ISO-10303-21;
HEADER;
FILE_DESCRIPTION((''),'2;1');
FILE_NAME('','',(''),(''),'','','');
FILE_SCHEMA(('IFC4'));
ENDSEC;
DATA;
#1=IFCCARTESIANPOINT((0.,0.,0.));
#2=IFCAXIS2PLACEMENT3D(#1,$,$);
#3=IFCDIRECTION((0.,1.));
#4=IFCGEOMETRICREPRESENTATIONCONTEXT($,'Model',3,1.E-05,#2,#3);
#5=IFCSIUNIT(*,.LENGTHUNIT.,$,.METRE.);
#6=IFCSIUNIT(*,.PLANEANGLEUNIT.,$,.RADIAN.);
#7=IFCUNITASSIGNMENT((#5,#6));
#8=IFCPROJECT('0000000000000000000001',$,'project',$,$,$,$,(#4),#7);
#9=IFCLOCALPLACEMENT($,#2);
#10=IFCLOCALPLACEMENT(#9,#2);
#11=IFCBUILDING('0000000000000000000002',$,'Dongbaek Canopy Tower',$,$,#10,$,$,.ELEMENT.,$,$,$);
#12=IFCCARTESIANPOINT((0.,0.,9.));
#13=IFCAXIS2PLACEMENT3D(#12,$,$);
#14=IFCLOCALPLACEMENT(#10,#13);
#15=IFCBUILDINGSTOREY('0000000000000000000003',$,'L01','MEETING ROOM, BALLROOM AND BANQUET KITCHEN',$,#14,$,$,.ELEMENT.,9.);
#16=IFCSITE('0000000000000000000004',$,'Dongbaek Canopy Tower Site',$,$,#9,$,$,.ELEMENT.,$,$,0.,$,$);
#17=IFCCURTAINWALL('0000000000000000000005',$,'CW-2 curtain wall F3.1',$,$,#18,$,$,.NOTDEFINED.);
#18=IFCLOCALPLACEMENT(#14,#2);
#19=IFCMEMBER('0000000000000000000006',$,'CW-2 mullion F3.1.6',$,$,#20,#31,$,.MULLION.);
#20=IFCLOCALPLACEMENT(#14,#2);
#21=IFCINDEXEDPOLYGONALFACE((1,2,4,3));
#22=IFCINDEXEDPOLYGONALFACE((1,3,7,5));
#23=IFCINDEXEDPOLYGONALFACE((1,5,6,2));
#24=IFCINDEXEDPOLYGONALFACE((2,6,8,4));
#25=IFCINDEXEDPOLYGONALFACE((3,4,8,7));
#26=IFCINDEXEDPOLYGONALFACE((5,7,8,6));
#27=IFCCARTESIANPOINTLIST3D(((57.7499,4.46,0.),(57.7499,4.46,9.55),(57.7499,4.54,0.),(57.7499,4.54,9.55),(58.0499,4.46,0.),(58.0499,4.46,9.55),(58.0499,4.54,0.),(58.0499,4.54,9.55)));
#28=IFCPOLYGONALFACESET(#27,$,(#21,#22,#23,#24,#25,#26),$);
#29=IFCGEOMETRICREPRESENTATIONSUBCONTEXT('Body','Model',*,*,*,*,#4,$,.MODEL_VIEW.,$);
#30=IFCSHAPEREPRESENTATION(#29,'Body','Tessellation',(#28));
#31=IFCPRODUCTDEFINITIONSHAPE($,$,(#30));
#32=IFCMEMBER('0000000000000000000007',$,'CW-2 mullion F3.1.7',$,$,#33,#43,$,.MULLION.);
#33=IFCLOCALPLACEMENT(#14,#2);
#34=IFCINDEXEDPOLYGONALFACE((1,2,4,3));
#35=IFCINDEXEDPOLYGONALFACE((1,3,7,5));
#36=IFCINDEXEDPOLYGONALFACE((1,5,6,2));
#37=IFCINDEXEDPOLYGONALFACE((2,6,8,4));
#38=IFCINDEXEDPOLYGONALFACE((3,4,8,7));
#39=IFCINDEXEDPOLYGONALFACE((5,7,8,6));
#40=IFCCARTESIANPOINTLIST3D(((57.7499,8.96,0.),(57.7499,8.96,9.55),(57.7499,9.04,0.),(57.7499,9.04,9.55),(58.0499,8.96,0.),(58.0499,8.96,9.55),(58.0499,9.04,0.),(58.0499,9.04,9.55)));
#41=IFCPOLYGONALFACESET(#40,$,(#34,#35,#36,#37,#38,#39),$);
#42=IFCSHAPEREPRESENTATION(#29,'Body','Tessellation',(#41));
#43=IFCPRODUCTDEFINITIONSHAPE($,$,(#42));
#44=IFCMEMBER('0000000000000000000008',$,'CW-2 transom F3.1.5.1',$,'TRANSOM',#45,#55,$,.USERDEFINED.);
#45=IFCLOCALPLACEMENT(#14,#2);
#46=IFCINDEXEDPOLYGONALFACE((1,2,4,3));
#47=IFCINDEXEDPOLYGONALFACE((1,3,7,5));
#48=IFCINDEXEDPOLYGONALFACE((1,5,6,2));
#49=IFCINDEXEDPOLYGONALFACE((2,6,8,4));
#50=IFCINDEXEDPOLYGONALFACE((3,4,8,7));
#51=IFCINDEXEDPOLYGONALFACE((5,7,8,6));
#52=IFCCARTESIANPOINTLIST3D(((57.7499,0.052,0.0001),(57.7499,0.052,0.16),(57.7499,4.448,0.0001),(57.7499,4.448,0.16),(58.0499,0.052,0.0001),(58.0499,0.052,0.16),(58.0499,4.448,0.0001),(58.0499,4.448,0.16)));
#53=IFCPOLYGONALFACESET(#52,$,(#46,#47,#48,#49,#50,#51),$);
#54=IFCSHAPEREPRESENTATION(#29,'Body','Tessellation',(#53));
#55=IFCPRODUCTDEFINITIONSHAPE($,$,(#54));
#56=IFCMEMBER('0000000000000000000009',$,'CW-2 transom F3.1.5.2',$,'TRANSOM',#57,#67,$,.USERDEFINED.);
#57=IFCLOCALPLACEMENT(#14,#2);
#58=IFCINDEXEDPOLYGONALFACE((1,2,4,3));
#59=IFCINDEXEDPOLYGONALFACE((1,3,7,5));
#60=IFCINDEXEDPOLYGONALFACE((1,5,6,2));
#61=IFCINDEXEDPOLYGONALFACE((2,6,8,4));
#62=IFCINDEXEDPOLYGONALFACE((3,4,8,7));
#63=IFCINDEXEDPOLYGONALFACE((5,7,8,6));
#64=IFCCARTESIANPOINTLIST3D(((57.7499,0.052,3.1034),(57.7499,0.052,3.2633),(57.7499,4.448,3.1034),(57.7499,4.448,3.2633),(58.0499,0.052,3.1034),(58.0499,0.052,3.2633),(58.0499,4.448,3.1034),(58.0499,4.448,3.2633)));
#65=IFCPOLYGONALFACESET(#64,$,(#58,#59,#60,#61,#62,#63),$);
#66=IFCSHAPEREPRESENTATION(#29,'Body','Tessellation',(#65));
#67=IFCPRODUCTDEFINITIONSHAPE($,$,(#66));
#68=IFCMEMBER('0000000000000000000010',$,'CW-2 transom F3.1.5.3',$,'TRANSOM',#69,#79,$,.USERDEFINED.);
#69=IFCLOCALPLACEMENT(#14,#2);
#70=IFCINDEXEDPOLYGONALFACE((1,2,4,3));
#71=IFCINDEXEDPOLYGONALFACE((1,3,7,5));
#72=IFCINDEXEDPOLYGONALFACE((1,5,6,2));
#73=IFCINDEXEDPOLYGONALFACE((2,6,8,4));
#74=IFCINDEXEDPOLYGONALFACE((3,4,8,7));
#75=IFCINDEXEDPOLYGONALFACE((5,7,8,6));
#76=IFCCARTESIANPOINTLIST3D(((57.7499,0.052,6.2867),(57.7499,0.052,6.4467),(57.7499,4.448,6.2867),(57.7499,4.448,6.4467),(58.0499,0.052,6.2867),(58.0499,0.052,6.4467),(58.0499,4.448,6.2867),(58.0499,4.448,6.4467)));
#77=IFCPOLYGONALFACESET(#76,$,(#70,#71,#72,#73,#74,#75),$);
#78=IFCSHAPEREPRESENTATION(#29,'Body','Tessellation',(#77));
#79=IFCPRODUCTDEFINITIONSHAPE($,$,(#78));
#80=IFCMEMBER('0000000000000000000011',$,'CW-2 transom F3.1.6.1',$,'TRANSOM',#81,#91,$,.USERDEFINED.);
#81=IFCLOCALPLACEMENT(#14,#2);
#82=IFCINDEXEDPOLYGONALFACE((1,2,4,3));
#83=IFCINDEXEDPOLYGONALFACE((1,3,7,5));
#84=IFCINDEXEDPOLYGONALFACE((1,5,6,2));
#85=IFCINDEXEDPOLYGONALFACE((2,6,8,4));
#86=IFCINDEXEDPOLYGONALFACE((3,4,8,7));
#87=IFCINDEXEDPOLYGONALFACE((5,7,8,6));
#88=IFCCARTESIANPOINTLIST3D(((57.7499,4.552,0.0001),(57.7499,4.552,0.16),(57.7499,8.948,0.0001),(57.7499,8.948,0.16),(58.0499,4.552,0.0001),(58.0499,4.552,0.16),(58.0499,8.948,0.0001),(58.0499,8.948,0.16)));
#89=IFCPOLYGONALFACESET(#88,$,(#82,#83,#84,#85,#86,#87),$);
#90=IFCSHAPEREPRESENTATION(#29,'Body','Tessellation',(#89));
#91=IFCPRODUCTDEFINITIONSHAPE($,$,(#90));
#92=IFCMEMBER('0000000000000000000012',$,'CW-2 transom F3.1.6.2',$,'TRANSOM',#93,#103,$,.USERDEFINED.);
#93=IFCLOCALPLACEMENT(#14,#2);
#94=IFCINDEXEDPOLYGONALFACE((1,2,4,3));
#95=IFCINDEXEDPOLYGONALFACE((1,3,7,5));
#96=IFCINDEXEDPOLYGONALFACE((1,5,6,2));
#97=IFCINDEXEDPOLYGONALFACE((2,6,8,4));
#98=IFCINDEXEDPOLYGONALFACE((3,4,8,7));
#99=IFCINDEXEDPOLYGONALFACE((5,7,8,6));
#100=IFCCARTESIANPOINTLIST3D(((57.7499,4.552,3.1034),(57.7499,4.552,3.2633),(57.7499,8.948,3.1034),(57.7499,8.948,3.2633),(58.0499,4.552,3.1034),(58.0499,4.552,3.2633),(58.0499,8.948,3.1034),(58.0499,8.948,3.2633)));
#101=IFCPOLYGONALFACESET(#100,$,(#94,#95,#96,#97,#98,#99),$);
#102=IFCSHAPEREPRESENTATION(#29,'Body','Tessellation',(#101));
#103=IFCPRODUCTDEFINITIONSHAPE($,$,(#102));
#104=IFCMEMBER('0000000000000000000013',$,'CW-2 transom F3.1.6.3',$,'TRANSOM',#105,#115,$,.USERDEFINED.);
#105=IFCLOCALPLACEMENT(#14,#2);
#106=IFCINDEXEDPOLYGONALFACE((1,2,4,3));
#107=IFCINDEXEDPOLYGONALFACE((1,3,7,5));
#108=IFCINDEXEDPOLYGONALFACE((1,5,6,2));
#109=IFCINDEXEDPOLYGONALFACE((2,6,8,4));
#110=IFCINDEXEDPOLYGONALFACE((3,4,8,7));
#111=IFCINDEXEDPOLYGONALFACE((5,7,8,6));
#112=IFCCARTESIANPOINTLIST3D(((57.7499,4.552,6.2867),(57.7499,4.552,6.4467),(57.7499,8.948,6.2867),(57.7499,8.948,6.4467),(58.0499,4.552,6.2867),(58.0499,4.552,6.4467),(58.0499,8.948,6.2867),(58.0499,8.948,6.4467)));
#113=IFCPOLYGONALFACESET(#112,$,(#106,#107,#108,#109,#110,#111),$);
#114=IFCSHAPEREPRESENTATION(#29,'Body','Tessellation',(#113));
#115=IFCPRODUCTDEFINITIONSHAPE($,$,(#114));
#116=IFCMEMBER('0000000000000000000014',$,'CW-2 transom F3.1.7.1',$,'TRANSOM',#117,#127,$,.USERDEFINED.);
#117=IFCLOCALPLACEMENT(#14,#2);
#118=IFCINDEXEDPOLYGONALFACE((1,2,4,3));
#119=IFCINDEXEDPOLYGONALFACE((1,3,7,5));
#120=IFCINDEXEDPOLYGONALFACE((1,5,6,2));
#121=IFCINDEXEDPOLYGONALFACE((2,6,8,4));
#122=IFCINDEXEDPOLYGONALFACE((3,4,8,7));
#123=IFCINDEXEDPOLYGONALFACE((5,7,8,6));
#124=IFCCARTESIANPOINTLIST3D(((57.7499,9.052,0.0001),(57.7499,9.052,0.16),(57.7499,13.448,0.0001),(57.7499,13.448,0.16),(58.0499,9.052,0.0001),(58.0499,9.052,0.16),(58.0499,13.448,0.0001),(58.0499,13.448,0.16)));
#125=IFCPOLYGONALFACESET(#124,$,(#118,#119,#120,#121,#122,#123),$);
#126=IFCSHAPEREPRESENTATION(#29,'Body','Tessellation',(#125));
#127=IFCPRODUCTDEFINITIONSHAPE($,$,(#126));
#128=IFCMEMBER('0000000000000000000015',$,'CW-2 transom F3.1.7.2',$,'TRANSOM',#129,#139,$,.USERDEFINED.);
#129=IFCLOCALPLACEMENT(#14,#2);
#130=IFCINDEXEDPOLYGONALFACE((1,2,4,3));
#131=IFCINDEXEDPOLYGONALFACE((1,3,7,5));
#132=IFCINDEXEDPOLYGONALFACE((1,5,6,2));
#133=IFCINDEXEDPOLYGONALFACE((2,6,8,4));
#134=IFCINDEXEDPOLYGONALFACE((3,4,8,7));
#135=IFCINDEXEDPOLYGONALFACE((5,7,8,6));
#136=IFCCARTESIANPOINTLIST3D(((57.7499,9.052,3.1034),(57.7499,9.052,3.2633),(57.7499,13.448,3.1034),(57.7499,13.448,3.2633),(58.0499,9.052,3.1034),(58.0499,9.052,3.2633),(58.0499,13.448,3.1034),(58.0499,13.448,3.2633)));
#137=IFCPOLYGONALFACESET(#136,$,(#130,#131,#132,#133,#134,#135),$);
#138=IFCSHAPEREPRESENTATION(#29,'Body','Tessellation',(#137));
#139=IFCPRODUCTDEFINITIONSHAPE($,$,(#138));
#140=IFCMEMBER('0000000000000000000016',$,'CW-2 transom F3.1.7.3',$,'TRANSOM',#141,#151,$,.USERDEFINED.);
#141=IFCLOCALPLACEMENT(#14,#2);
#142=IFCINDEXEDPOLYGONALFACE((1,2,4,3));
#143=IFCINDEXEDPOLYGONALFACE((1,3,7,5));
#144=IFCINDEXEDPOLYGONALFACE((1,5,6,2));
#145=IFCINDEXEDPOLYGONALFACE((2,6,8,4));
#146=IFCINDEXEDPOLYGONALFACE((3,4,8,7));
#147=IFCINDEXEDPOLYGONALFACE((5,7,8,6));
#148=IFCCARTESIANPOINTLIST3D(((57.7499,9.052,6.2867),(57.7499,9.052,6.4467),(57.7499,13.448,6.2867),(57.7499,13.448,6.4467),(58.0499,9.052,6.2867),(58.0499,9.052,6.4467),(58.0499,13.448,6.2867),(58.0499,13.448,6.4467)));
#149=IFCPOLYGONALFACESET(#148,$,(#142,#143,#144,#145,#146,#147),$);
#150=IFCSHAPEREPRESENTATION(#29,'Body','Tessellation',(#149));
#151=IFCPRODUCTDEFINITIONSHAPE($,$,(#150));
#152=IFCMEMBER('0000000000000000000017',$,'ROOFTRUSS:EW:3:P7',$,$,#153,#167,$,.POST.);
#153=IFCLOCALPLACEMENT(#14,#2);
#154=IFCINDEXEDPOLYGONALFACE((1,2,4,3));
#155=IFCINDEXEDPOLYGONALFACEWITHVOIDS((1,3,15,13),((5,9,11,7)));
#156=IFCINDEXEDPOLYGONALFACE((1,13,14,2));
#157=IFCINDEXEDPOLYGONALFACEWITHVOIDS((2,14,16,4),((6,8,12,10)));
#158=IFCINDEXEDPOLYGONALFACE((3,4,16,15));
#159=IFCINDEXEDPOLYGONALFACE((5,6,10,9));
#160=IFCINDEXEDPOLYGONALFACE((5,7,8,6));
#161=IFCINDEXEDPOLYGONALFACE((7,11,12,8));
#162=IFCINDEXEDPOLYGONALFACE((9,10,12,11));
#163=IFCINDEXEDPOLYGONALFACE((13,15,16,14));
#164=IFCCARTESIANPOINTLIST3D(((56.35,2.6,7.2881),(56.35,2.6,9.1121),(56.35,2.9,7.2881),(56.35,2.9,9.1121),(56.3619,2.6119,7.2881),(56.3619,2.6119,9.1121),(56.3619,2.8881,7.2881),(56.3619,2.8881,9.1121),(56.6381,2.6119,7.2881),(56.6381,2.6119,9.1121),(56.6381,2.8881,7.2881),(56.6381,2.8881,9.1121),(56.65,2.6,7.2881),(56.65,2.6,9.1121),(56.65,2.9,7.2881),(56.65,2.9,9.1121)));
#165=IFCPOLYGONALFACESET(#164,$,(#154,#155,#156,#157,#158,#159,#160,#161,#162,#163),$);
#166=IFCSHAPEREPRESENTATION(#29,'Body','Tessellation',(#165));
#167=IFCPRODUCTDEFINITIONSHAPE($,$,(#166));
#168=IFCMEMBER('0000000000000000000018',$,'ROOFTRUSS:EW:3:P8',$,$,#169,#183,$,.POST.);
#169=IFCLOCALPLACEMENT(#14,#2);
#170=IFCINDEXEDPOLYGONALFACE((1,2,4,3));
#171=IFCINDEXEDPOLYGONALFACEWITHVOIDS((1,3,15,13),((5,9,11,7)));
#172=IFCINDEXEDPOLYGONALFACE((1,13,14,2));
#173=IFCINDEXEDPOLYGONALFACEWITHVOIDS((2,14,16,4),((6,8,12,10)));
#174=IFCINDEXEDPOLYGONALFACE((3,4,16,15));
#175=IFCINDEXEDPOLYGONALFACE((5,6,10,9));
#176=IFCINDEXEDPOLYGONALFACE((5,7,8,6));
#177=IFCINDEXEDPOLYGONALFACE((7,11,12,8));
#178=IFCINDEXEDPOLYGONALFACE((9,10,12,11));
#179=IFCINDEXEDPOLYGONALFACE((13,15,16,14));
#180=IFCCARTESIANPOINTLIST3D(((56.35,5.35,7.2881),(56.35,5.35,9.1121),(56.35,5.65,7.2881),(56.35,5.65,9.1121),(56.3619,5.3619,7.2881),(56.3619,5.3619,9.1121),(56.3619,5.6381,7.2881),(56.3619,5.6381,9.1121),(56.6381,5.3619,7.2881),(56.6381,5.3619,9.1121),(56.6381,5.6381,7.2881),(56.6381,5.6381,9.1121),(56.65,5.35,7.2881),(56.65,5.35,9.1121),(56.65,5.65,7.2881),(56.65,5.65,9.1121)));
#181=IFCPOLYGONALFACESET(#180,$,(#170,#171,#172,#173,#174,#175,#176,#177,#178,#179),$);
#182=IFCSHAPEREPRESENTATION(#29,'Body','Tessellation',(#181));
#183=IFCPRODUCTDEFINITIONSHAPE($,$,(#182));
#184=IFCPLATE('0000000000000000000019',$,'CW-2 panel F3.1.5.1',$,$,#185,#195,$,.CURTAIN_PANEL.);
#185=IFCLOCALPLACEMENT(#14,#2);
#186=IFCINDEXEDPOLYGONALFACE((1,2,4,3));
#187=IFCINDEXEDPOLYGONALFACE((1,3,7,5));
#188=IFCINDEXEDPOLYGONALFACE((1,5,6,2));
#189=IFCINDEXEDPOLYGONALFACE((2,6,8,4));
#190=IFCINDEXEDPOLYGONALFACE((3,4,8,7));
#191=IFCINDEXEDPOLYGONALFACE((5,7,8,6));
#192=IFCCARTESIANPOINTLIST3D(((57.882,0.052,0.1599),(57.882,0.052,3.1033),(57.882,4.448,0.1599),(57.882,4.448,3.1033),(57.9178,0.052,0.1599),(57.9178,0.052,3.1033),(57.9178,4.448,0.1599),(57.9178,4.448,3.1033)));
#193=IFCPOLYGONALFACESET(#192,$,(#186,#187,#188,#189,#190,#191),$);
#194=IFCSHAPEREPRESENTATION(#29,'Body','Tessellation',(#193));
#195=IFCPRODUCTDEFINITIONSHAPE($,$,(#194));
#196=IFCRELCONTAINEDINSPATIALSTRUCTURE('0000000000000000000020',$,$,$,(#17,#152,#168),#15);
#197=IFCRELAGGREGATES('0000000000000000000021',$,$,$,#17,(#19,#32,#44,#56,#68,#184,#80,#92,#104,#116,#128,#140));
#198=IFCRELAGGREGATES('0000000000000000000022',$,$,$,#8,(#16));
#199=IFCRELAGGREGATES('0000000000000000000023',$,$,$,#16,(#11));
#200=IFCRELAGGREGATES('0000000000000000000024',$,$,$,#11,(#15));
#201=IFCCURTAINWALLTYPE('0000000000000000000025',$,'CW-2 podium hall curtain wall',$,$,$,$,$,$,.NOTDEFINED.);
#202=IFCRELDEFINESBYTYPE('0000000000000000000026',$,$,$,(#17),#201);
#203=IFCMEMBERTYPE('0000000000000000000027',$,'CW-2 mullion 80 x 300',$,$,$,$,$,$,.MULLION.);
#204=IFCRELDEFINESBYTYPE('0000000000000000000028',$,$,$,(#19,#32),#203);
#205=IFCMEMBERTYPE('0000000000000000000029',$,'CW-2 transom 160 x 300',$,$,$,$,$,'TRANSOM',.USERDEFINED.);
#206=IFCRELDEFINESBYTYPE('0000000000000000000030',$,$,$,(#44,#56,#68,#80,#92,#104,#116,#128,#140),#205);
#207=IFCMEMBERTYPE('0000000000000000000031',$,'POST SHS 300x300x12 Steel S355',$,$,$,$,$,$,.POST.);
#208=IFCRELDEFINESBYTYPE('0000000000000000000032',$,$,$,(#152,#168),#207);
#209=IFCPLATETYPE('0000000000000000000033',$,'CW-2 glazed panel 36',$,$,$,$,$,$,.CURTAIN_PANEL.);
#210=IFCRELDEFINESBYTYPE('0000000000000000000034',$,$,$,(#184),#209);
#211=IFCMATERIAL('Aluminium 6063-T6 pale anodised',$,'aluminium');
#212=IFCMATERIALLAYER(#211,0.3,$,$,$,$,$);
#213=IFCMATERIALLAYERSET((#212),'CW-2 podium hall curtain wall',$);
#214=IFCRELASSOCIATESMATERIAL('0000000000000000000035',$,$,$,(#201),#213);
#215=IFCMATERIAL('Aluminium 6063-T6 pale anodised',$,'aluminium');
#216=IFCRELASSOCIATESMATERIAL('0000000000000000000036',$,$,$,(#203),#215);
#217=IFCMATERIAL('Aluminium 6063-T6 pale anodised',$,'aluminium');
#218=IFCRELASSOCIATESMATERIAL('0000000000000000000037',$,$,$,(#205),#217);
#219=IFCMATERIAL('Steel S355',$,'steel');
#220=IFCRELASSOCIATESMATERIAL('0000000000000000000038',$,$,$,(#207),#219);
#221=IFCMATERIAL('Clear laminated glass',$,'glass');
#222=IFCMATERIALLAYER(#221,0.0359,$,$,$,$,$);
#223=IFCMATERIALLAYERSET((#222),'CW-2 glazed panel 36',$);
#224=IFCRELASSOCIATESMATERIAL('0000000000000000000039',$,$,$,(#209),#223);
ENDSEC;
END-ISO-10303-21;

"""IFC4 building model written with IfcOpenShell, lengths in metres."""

from ifc_helpers import new_model, si_unit, direction, frame, origin, origin_2d, place, context, subcontext, project, spatial, rectangle, hollow_rectangle, extrude, material, layer, layer_set, material_profile, profile_set, type_object, element, aggregate, save


model = new_model("IFC4")

# Units and contexts
model_context = context("Model", 3, precision=1e-05, world=origin(), true_north=direction((0.0, 1.0)))
body_context = subcontext(model_context, "Body", "Model", "MODEL_VIEW")
ifc_project = project(units=[si_unit("LENGTHUNIT", "METRE"), si_unit("PLANEANGLEUNIT", "RADIAN")], contexts=[model_context])

# Site, building, storey
site_placement = place(None, origin())
site = spatial("IfcSite", under=ifc_project, at=site_placement, Name="Dongbaek Canopy Tower Site", CompositionType="ELEMENT", RefElevation=0.0)
building_placement = place(site_placement, origin())
building = spatial("IfcBuilding", under=site, at=building_placement, Name="Dongbaek Canopy Tower", CompositionType="ELEMENT")
storey_placement = place(building_placement, frame((0.0, 0.0, 9.0)))
storey = spatial("IfcBuildingStorey", under=building, at=storey_placement, Name="L01", Description="MEETING ROOM, BALLROOM AND BANQUET KITCHEN", CompositionType="ELEMENT", Elevation=9.0)

# Curtain wall, members
ifc_material_1 = material(Name="Aluminium 6063-T6 pale anodised", Category="aluminium")
ifc_layer_1 = layer(ifc_material_1, 0.3)
ifc_layer_set_1 = layer_set([ifc_layer_1], Name="CW-2 podium hall curtain wall")
curtain_wall_type = type_object("IfcCurtainWallType", Name="CW-2 podium hall curtain wall", PredefinedType="NOTDEFINED", material=ifc_layer_set_1)
curtain_wall_placement = place(storey_placement, origin())
curtain_wall = element("IfcCurtainWall", 1, at=curtain_wall_placement, inside=storey, type_object=curtain_wall_type, Name="CW-2 curtain wall F3.1", PredefinedType="NOTDEFINED")
ifc_material_2 = material(Name="Aluminium 6063-T6 pale anodised", Category="aluminium")
ifc_material_profile_1 = material_profile(ifc_material_2, rectangle(XDim=0.3, YDim=0.0801, at=origin_2d()), Name="CW-2 mullion 80 x 300")
ifc_profile_set_1 = profile_set([ifc_material_profile_1], Name="Aluminium 6063-T6 pale anodised")
member_type_1 = type_object("IfcMemberType", Name="CW-2 mullion 80 x 300", PredefinedType="MULLION", material=ifc_profile_set_1)
member_1_placement = place(storey_placement, frame((57.8999, 4.5, 0.0), z_axis=(0.0, 0.0, 1.0), x_axis=(1.0, 0.0, 0.0)))
member_1 = element("IfcMember", 2, at=member_1_placement, type_object=member_type_1, Name="CW-2 mullion F3.1.6", PredefinedType="MULLION", context=body_context, shape_type="SweptSolid", body=[
    extrude(rectangle(XDim=0.3, YDim=0.0801, at=origin_2d()), origin(), (0.0, 0.0, 1.0), 9.55),
])
member_2_placement = place(storey_placement, frame((57.8999, 9.0, 0.0), z_axis=(0.0, 0.0, 1.0), x_axis=(1.0, 0.0, 0.0)))
member_2 = element("IfcMember", 3, at=member_2_placement, type_object=member_type_1, Name="CW-2 mullion F3.1.7", PredefinedType="MULLION", context=body_context, shape_type="SweptSolid", body=[
    extrude(rectangle(XDim=0.3, YDim=0.0801, at=origin_2d()), origin(), (0.0, 0.0, 1.0), 9.55),
])
ifc_material_3 = material(Name="Aluminium 6063-T6 pale anodised", Category="aluminium")
ifc_material_profile_2 = material_profile(ifc_material_3, rectangle(XDim=0.3, YDim=0.1599, at=origin_2d()), Name="CW-2 transom 160 x 300")
ifc_profile_set_2 = profile_set([ifc_material_profile_2], Name="Aluminium 6063-T6 pale anodised")
member_type_2 = type_object("IfcMemberType", Name="CW-2 transom 160 x 300", ElementType="TRANSOM", PredefinedType="USERDEFINED", material=ifc_profile_set_2)
member_3_placement = place(storey_placement, frame((57.8999, 0.052, 0.0801), z_axis=(0.0, 1.0, 0.0), x_axis=(-1.0, 0.0, 0.0)))
member_3 = element("IfcMember", 4, at=member_3_placement, type_object=member_type_2, Name="CW-2 transom F3.1.5.1", ObjectType="TRANSOM", PredefinedType="USERDEFINED", context=body_context, shape_type="SweptSolid", body=[
    extrude(rectangle(XDim=0.3, YDim=0.1599, at=origin_2d()), origin(), (0.0, 0.0, 1.0), 4.396),
])
member_4_placement = place(storey_placement, frame((57.8999, 0.052, 3.1833), z_axis=(0.0, 1.0, 0.0), x_axis=(-1.0, 0.0, 0.0)))
member_4 = element("IfcMember", 5, at=member_4_placement, type_object=member_type_2, Name="CW-2 transom F3.1.5.2", ObjectType="TRANSOM", PredefinedType="USERDEFINED", context=body_context, shape_type="SweptSolid", body=[
    extrude(rectangle(XDim=0.3, YDim=0.1599, at=origin_2d()), origin(), (0.0, 0.0, 1.0), 4.396),
])
member_5_placement = place(storey_placement, frame((57.8999, 0.052, 6.3667), z_axis=(0.0, 1.0, 0.0), x_axis=(-1.0, 0.0, 0.0)))
member_5 = element("IfcMember", 6, at=member_5_placement, type_object=member_type_2, Name="CW-2 transom F3.1.5.3", ObjectType="TRANSOM", PredefinedType="USERDEFINED", context=body_context, shape_type="SweptSolid", body=[
    extrude(rectangle(XDim=0.3, YDim=0.1599, at=origin_2d()), origin(), (0.0, 0.0, 1.0), 4.396),
])
member_6_placement = place(storey_placement, frame((57.8999, 4.552, 0.0801), z_axis=(0.0, 1.0, 0.0), x_axis=(-1.0, 0.0, 0.0)))
member_6 = element("IfcMember", 7, at=member_6_placement, type_object=member_type_2, Name="CW-2 transom F3.1.6.1", ObjectType="TRANSOM", PredefinedType="USERDEFINED", context=body_context, shape_type="SweptSolid", body=[
    extrude(rectangle(XDim=0.3, YDim=0.1599, at=origin_2d()), origin(), (0.0, 0.0, 1.0), 4.396),
])
member_7_placement = place(storey_placement, frame((57.8999, 4.552, 3.1833), z_axis=(0.0, 1.0, 0.0), x_axis=(-1.0, 0.0, 0.0)))
member_7 = element("IfcMember", 8, at=member_7_placement, type_object=member_type_2, Name="CW-2 transom F3.1.6.2", ObjectType="TRANSOM", PredefinedType="USERDEFINED", context=body_context, shape_type="SweptSolid", body=[
    extrude(rectangle(XDim=0.3, YDim=0.1599, at=origin_2d()), origin(), (0.0, 0.0, 1.0), 4.396),
])
member_8_placement = place(storey_placement, frame((57.8999, 4.552, 6.3667), z_axis=(0.0, 1.0, 0.0), x_axis=(-1.0, 0.0, 0.0)))
member_8 = element("IfcMember", 9, at=member_8_placement, type_object=member_type_2, Name="CW-2 transom F3.1.6.3", ObjectType="TRANSOM", PredefinedType="USERDEFINED", context=body_context, shape_type="SweptSolid", body=[
    extrude(rectangle(XDim=0.3, YDim=0.1599, at=origin_2d()), origin(), (0.0, 0.0, 1.0), 4.396),
])
member_9_placement = place(storey_placement, frame((57.8999, 9.052, 0.0801), z_axis=(0.0, 1.0, 0.0), x_axis=(-1.0, 0.0, 0.0)))
member_9 = element("IfcMember", 10, at=member_9_placement, type_object=member_type_2, Name="CW-2 transom F3.1.7.1", ObjectType="TRANSOM", PredefinedType="USERDEFINED", context=body_context, shape_type="SweptSolid", body=[
    extrude(rectangle(XDim=0.3, YDim=0.1599, at=origin_2d()), origin(), (0.0, 0.0, 1.0), 4.396),
])
member_10_placement = place(storey_placement, frame((57.8999, 9.052, 3.1833), z_axis=(0.0, 1.0, 0.0), x_axis=(-1.0, 0.0, 0.0)))
member_10 = element("IfcMember", 11, at=member_10_placement, type_object=member_type_2, Name="CW-2 transom F3.1.7.2", ObjectType="TRANSOM", PredefinedType="USERDEFINED", context=body_context, shape_type="SweptSolid", body=[
    extrude(rectangle(XDim=0.3, YDim=0.1599, at=origin_2d()), origin(), (0.0, 0.0, 1.0), 4.396),
])
member_11_placement = place(storey_placement, frame((57.8999, 9.052, 6.3667), z_axis=(0.0, 1.0, 0.0), x_axis=(-1.0, 0.0, 0.0)))
member_11 = element("IfcMember", 12, at=member_11_placement, type_object=member_type_2, Name="CW-2 transom F3.1.7.3", ObjectType="TRANSOM", PredefinedType="USERDEFINED", context=body_context, shape_type="SweptSolid", body=[
    extrude(rectangle(XDim=0.3, YDim=0.1599, at=origin_2d()), origin(), (0.0, 0.0, 1.0), 4.396),
])

# Members
ifc_material_4 = material(Name="Steel S355", Category="steel")
ifc_material_profile_3 = material_profile(ifc_material_4, hollow_rectangle(XDim=0.3, YDim=0.3, WallThickness=0.012, at=origin_2d()), Name="POST SHS 300x300x12 Steel S355")
ifc_profile_set_3 = profile_set([ifc_material_profile_3], Name="Steel S355")
member_type_3 = type_object("IfcMemberType", Name="POST SHS 300x300x12 Steel S355", PredefinedType="POST", material=ifc_profile_set_3)
for number, where, z_axis, x_axis, name in (
    (13, (56.5, 2.75, 7.2881), (0.0, 0.0, 1.0), (1.0, 0.0, 0.0), "ROOFTRUSS:EW:3:P7"),
    (14, (56.5, 5.5, 7.2881), (0.0, 0.0, 1.0), (1.0, 0.0, 0.0), "ROOFTRUSS:EW:3:P8"),
):
    element("IfcMember", number, at=place(storey_placement, frame(where, z_axis=z_axis, x_axis=x_axis)), inside=storey, type_object=member_type_3, Name=name, PredefinedType="POST", context=body_context, shape_type="SweptSolid", body=[
        extrude(hollow_rectangle(XDim=0.3, YDim=0.3, WallThickness=0.012, at=origin_2d()), origin(), (0.0, 0.0, 1.0), 1.824),
    ])

# Plate
ifc_material_5 = material(Name="Clear laminated glass", Category="glass")
ifc_layer_2 = layer(ifc_material_5, 0.0359)
ifc_layer_set_2 = layer_set([ifc_layer_2], Name="CW-2 glazed panel 36")
plate_type_1 = type_object("IfcPlateType", Name="CW-2 glazed panel 36", PredefinedType="CURTAIN_PANEL", material=ifc_layer_set_2)
plate_1_placement = place(storey_placement, frame((57.8999, 2.25, 0.1599), z_axis=(0.0, 0.0, 1.0), x_axis=(0.0, 1.0, 0.0)))
plate_1 = element("IfcPlate", 15, at=plate_1_placement, type_object=plate_type_1, Name="CW-2 panel F3.1.5.1", PredefinedType="CURTAIN_PANEL", context=body_context, shape_type="SweptSolid", body=[
    extrude(rectangle(XDim=4.396, YDim=0.0359, at=origin_2d()), origin(), (0.0, 0.0, 1.0), 2.9434),
])
aggregate(curtain_wall, [member_1, member_2, member_3, member_4, member_5, plate_1, member_6, member_7, member_8, member_9, member_10, member_11])

save(model, "model.ifc")
